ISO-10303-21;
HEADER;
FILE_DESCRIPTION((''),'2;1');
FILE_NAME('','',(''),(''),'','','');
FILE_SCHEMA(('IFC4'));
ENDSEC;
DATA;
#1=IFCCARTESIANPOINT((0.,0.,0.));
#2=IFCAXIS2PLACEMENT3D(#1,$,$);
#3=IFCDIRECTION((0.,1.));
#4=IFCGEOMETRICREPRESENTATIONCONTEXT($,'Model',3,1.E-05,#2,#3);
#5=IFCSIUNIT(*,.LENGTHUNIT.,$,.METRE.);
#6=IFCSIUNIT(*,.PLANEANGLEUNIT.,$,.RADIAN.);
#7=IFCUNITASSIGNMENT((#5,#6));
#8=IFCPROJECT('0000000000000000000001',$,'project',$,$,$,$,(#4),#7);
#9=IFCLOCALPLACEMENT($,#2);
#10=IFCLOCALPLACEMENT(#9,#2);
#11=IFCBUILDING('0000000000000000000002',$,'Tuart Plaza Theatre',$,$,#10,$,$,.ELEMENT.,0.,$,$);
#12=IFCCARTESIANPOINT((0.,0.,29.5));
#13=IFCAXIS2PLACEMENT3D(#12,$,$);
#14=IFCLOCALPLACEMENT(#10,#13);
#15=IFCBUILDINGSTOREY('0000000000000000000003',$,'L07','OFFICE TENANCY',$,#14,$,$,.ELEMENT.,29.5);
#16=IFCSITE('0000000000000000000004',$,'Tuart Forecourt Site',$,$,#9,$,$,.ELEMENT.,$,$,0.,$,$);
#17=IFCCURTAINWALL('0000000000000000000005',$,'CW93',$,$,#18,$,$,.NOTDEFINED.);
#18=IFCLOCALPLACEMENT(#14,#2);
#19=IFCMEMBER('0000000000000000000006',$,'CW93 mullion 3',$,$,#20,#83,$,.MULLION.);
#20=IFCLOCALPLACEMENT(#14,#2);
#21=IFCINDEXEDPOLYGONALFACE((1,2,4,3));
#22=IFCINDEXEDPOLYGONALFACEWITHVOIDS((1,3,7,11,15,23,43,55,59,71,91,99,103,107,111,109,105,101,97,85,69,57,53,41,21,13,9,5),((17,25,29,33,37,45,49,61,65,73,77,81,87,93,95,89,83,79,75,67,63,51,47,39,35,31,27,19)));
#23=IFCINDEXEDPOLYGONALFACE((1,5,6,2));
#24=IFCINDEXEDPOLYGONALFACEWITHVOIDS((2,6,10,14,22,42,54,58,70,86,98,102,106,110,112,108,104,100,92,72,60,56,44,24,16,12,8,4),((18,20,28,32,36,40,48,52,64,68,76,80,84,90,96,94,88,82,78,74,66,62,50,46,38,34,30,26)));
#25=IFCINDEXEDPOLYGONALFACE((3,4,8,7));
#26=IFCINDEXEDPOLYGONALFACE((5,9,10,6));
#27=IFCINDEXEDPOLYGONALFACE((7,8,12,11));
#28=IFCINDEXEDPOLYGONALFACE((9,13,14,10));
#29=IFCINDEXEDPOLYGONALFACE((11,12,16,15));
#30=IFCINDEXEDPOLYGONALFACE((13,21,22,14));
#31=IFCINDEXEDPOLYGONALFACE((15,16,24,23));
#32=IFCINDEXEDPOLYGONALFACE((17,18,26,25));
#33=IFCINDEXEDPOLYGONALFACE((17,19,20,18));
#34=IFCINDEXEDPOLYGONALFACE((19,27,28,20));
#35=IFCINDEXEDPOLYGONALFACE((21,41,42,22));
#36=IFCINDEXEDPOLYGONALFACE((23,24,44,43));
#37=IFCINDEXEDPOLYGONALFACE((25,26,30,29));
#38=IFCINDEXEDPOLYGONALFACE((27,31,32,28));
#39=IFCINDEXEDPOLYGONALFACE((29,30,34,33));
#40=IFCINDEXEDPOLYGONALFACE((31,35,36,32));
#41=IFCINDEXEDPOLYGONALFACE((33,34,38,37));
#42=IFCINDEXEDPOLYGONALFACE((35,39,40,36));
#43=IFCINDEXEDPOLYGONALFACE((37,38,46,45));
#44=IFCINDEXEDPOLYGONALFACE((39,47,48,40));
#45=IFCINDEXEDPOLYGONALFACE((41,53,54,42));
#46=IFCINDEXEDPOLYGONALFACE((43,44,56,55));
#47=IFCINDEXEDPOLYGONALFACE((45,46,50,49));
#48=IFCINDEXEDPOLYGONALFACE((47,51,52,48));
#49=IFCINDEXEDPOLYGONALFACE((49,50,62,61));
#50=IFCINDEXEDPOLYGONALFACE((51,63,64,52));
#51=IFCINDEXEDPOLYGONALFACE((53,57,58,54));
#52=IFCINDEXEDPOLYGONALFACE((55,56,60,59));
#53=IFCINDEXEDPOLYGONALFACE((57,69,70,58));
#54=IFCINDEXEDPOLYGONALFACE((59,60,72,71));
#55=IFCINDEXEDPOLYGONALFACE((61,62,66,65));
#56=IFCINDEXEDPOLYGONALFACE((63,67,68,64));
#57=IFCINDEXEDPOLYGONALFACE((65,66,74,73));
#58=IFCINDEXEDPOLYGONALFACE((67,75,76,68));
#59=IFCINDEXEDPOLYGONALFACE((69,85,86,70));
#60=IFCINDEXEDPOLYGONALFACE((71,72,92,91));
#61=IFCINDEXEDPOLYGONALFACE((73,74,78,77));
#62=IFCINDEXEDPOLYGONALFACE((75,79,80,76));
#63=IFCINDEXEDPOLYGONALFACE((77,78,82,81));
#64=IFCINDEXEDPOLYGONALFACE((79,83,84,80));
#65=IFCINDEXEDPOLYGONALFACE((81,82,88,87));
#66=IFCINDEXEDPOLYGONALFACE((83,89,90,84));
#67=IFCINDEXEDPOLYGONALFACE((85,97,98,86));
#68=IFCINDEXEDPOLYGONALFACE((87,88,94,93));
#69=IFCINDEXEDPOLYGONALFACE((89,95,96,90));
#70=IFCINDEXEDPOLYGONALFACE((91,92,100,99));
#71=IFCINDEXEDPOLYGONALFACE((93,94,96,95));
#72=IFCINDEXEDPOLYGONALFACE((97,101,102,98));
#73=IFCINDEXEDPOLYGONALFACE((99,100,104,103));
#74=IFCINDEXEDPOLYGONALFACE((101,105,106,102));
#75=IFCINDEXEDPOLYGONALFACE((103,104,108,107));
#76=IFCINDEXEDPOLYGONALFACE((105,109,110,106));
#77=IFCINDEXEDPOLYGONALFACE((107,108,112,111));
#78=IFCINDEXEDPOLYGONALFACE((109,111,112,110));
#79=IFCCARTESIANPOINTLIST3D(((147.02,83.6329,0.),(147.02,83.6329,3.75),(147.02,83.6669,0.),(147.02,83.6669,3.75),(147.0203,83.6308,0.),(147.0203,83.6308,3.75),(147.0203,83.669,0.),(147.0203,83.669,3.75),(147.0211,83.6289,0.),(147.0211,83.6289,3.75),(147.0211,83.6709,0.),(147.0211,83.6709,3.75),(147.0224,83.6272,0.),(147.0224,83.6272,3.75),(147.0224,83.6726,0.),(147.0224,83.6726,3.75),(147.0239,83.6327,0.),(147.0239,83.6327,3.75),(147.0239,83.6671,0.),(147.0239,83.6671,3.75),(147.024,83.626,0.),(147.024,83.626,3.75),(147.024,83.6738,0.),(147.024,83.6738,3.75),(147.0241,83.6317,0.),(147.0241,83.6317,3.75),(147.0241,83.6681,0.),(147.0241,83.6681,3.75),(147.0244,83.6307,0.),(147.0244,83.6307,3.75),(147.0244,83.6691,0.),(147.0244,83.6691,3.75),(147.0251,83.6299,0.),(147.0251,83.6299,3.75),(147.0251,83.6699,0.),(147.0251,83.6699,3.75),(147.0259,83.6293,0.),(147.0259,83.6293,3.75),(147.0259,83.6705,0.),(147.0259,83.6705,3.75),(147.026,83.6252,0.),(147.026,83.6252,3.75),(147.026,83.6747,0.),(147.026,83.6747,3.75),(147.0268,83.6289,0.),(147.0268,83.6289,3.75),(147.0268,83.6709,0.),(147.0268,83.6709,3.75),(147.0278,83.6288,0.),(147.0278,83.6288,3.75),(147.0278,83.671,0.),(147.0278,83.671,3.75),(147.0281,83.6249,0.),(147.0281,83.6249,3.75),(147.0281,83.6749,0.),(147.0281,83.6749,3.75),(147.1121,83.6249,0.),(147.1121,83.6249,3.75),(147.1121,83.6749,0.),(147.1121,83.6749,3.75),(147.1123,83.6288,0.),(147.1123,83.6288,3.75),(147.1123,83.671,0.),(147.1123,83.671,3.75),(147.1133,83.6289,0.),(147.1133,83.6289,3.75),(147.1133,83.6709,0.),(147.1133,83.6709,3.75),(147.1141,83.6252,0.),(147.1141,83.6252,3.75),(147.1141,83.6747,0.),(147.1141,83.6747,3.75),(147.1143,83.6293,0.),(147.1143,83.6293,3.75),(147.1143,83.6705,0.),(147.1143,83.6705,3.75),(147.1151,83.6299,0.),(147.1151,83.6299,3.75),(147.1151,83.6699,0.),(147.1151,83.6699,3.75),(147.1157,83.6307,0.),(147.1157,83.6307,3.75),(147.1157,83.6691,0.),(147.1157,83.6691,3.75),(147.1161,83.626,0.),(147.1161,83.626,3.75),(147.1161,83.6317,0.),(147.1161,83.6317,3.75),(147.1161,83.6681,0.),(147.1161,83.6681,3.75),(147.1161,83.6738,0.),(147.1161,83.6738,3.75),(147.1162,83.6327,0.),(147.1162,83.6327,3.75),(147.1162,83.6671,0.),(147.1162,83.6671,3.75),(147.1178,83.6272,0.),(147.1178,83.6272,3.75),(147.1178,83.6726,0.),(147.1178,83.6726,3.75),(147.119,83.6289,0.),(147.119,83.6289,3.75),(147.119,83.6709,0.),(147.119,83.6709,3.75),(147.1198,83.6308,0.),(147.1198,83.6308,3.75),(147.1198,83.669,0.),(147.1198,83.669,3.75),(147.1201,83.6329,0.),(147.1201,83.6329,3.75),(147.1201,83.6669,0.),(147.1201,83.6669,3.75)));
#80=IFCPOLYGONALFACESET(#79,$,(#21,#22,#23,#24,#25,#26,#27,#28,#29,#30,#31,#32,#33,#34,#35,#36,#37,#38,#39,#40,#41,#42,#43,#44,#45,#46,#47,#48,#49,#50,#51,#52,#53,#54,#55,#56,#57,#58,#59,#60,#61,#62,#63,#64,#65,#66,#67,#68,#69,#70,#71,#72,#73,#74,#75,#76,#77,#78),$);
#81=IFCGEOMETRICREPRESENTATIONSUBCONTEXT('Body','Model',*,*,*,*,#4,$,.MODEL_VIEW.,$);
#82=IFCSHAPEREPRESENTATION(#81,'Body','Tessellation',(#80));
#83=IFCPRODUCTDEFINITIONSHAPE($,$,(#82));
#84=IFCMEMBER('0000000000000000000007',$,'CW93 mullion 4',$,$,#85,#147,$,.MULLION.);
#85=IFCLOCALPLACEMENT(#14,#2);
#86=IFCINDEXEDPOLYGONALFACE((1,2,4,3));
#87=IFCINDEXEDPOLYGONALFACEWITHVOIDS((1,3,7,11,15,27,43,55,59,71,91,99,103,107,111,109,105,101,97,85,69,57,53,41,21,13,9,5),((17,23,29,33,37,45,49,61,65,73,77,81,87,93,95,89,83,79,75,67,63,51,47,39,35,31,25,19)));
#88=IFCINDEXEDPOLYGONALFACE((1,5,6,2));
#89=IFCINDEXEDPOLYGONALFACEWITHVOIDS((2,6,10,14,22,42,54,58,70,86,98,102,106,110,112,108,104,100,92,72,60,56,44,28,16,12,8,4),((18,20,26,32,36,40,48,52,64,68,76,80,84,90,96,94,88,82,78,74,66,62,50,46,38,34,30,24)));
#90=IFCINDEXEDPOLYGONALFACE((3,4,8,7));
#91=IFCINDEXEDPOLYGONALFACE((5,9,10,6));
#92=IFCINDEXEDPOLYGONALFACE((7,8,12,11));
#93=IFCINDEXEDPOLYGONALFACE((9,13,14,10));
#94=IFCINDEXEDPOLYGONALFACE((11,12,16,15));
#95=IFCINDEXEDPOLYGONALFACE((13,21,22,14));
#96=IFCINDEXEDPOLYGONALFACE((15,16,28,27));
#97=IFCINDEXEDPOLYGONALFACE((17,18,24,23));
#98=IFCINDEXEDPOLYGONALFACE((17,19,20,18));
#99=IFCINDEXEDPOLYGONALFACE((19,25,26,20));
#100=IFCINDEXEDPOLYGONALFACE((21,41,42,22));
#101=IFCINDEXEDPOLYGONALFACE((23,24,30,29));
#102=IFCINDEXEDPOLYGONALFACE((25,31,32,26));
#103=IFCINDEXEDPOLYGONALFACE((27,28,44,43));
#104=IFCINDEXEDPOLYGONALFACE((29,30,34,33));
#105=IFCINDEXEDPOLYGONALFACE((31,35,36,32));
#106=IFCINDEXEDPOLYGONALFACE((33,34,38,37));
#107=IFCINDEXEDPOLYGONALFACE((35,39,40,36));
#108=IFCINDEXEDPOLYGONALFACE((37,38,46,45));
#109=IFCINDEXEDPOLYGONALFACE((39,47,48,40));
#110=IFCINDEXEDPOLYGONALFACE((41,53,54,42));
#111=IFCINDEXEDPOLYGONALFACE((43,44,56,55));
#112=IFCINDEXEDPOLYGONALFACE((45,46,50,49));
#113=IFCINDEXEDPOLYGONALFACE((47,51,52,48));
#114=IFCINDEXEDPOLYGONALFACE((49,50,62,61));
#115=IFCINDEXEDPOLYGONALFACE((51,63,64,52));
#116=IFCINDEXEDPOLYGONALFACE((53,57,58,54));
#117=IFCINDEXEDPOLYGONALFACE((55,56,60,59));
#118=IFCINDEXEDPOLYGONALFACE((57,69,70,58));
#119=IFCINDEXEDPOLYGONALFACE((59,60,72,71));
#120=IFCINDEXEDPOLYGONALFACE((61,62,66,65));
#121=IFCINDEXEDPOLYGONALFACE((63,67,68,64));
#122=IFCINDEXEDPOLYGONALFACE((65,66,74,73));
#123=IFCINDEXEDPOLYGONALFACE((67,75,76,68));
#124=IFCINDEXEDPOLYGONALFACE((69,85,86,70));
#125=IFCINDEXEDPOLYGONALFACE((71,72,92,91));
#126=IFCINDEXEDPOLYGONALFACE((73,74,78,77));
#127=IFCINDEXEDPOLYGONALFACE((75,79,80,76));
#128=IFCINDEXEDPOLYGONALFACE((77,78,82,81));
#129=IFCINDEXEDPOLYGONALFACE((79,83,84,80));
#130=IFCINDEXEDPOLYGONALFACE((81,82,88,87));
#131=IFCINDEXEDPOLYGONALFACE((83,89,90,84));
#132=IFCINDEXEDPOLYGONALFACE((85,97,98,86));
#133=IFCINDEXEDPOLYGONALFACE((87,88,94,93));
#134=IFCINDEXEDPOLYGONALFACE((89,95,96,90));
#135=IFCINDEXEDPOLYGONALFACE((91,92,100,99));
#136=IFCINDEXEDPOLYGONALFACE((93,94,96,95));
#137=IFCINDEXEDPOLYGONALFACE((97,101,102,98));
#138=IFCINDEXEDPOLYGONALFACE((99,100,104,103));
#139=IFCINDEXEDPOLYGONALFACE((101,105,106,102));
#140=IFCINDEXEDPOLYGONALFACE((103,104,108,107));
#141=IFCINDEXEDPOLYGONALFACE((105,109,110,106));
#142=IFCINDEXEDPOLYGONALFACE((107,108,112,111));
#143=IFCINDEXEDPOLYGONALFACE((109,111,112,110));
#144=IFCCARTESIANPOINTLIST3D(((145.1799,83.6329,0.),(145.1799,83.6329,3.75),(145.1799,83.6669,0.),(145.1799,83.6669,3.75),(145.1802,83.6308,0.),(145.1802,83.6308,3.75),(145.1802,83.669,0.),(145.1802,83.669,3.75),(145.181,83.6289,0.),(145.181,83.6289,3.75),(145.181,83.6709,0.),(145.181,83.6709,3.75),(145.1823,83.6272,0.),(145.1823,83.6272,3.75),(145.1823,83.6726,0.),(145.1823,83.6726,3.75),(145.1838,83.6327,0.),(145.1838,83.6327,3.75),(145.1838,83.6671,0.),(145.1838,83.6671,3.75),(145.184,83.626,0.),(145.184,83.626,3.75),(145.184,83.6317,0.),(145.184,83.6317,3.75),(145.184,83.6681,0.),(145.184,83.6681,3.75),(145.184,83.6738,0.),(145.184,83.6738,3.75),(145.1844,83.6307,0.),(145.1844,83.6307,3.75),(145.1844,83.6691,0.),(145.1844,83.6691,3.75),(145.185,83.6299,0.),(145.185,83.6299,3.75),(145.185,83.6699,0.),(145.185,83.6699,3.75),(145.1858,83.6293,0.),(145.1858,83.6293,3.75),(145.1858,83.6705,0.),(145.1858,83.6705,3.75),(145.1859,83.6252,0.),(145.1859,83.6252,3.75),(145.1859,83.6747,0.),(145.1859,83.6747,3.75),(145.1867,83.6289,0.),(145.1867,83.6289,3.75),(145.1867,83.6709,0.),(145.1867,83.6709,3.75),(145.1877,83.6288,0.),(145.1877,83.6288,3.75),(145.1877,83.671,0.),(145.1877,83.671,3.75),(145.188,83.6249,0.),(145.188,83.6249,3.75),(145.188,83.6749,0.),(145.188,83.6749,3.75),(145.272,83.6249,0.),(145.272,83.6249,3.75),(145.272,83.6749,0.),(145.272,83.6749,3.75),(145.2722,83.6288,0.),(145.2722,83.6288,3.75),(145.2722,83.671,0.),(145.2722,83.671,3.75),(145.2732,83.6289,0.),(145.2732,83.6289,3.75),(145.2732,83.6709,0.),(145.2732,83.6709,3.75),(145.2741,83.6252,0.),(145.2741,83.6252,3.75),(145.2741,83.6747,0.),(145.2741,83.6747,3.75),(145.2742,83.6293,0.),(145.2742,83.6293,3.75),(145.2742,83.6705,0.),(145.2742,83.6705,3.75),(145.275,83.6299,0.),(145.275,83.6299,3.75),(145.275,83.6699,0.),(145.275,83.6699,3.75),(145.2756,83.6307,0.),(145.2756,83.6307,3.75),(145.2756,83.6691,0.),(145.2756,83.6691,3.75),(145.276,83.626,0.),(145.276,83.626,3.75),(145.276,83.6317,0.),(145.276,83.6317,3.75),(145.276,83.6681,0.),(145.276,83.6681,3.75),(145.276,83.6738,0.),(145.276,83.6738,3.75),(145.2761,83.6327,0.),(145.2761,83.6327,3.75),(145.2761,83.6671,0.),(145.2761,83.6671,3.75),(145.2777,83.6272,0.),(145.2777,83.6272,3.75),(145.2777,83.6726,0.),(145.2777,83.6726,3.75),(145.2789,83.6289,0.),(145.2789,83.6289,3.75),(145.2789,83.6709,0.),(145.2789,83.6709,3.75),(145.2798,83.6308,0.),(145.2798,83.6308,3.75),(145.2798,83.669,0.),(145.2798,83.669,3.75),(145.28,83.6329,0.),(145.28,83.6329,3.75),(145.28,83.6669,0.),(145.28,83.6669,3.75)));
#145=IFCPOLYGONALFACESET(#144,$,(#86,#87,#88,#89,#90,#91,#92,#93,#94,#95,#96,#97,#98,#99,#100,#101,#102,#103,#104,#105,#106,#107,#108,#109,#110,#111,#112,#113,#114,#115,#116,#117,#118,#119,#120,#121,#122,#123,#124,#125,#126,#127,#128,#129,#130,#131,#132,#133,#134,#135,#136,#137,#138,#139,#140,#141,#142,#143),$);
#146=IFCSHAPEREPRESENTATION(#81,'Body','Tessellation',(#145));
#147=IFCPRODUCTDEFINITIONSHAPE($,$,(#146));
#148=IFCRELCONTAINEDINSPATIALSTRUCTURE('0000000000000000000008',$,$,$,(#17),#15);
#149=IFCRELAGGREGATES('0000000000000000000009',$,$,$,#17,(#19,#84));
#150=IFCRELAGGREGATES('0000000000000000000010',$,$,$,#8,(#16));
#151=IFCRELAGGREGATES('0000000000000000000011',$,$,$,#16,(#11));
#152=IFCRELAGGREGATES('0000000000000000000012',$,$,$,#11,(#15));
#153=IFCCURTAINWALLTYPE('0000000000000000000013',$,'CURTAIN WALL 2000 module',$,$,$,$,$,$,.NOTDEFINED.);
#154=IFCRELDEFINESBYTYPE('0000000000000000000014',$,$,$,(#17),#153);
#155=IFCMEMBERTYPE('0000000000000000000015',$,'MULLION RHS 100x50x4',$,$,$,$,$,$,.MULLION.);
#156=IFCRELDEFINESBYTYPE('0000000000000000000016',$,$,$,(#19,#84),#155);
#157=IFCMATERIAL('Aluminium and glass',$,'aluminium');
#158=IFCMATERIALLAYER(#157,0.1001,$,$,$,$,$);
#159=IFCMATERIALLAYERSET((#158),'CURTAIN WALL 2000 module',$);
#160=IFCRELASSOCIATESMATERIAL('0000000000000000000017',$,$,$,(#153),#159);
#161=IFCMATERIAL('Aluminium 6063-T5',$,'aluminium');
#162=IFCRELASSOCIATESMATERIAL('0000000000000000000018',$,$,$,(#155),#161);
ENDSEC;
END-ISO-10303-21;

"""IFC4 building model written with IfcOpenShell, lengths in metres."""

from ifc_helpers import new_model, si_unit, direction, frame, origin, origin_2d, place, context, subcontext, project, spatial, hollow_rectangle, extrude, material, layer, layer_set, material_profile, profile_set, type_object, element, aggregate, save


model = new_model("IFC4")

# Units and contexts
model_context = context("Model", 3, precision=1e-05, world=origin(), true_north=direction((0.0, 1.0)))
body_context = subcontext(model_context, "Body", "Model", "MODEL_VIEW")
ifc_project = project(units=[si_unit("LENGTHUNIT", "METRE"), si_unit("PLANEANGLEUNIT", "RADIAN")], contexts=[model_context])

# Site, building, storey
site_placement = place(None, origin())
site = spatial("IfcSite", under=ifc_project, at=site_placement, Name="Tuart Forecourt Site", CompositionType="ELEMENT", RefElevation=0.0)
building_placement = place(site_placement, origin())
building = spatial("IfcBuilding", under=site, at=building_placement, Name="Tuart Plaza Theatre", CompositionType="ELEMENT", ElevationOfRefHeight=0.0)
storey_placement = place(building_placement, frame((0.0, 0.0, 29.5)))
storey = spatial("IfcBuildingStorey", under=building, at=storey_placement, Name="L07", Description="OFFICE TENANCY", CompositionType="ELEMENT", Elevation=29.5)

# Curtain wall, members
ifc_material_1 = material(Name="Aluminium and glass", Category="aluminium")
ifc_layer_1 = layer(ifc_material_1, 0.1001)
ifc_layer_set_1 = layer_set([ifc_layer_1], Name="CURTAIN WALL 2000 module")
curtain_wall_type = type_object("IfcCurtainWallType", Name="CURTAIN WALL 2000 module", PredefinedType="NOTDEFINED", material=ifc_layer_set_1)
curtain_wall_1_placement = place(storey_placement, origin())
curtain_wall_1 = element("IfcCurtainWall", 1, at=curtain_wall_1_placement, inside=storey, type_object=curtain_wall_type, Name="CW93", PredefinedType="NOTDEFINED")
ifc_material_2 = material(Name="Aluminium 6063-T5", Category="aluminium")
ifc_material_profile_1 = material_profile(ifc_material_2, hollow_rectangle(XDim=0.05, YDim=0.1001, WallThickness=0.0039, InnerFilletRadius=0.0039, OuterFilletRadius=0.0081, at=origin_2d()), Name="RHS 100x50x4")
ifc_profile_set_1 = profile_set([ifc_material_profile_1], Name="Aluminium 6063-T5")
member_type_1 = type_object("IfcMemberType", Name="MULLION RHS 100x50x4", PredefinedType="MULLION", material=ifc_profile_set_1)
member_1_placement = place(storey_placement, frame((147.0701, 83.6499, 0.0), z_axis=(0.0, 0.0, 1.0), x_axis=(0.0, -1.0, 0.0)))
member_1 = element("IfcMember", 2, at=member_1_placement, type_object=member_type_1, Name="CW93 mullion 3", PredefinedType="MULLION", context=body_context, shape_type="SweptSolid", body=[
    extrude(hollow_rectangle(XDim=0.05, YDim=0.1001, WallThickness=0.0039, InnerFilletRadius=0.0039, OuterFilletRadius=0.0081, at=origin_2d()), origin(), (0.0, 0.0, 1.0), 3.75),
])
member_2_placement = place(storey_placement, frame((145.23, 83.6499, 0.0), z_axis=(0.0, 0.0, 1.0), x_axis=(0.0, -1.0, 0.0)))
member_2 = element("IfcMember", 3, at=member_2_placement, type_object=member_type_1, Name="CW93 mullion 4", PredefinedType="MULLION", context=body_context, shape_type="SweptSolid", body=[
    extrude(hollow_rectangle(XDim=0.05, YDim=0.1001, WallThickness=0.0039, InnerFilletRadius=0.0039, OuterFilletRadius=0.0081, at=origin_2d()), origin(), (0.0, 0.0, 1.0), 3.75),
])

aggregate(curtain_wall_1, [member_1, member_2])

save(model, "model.ifc")
